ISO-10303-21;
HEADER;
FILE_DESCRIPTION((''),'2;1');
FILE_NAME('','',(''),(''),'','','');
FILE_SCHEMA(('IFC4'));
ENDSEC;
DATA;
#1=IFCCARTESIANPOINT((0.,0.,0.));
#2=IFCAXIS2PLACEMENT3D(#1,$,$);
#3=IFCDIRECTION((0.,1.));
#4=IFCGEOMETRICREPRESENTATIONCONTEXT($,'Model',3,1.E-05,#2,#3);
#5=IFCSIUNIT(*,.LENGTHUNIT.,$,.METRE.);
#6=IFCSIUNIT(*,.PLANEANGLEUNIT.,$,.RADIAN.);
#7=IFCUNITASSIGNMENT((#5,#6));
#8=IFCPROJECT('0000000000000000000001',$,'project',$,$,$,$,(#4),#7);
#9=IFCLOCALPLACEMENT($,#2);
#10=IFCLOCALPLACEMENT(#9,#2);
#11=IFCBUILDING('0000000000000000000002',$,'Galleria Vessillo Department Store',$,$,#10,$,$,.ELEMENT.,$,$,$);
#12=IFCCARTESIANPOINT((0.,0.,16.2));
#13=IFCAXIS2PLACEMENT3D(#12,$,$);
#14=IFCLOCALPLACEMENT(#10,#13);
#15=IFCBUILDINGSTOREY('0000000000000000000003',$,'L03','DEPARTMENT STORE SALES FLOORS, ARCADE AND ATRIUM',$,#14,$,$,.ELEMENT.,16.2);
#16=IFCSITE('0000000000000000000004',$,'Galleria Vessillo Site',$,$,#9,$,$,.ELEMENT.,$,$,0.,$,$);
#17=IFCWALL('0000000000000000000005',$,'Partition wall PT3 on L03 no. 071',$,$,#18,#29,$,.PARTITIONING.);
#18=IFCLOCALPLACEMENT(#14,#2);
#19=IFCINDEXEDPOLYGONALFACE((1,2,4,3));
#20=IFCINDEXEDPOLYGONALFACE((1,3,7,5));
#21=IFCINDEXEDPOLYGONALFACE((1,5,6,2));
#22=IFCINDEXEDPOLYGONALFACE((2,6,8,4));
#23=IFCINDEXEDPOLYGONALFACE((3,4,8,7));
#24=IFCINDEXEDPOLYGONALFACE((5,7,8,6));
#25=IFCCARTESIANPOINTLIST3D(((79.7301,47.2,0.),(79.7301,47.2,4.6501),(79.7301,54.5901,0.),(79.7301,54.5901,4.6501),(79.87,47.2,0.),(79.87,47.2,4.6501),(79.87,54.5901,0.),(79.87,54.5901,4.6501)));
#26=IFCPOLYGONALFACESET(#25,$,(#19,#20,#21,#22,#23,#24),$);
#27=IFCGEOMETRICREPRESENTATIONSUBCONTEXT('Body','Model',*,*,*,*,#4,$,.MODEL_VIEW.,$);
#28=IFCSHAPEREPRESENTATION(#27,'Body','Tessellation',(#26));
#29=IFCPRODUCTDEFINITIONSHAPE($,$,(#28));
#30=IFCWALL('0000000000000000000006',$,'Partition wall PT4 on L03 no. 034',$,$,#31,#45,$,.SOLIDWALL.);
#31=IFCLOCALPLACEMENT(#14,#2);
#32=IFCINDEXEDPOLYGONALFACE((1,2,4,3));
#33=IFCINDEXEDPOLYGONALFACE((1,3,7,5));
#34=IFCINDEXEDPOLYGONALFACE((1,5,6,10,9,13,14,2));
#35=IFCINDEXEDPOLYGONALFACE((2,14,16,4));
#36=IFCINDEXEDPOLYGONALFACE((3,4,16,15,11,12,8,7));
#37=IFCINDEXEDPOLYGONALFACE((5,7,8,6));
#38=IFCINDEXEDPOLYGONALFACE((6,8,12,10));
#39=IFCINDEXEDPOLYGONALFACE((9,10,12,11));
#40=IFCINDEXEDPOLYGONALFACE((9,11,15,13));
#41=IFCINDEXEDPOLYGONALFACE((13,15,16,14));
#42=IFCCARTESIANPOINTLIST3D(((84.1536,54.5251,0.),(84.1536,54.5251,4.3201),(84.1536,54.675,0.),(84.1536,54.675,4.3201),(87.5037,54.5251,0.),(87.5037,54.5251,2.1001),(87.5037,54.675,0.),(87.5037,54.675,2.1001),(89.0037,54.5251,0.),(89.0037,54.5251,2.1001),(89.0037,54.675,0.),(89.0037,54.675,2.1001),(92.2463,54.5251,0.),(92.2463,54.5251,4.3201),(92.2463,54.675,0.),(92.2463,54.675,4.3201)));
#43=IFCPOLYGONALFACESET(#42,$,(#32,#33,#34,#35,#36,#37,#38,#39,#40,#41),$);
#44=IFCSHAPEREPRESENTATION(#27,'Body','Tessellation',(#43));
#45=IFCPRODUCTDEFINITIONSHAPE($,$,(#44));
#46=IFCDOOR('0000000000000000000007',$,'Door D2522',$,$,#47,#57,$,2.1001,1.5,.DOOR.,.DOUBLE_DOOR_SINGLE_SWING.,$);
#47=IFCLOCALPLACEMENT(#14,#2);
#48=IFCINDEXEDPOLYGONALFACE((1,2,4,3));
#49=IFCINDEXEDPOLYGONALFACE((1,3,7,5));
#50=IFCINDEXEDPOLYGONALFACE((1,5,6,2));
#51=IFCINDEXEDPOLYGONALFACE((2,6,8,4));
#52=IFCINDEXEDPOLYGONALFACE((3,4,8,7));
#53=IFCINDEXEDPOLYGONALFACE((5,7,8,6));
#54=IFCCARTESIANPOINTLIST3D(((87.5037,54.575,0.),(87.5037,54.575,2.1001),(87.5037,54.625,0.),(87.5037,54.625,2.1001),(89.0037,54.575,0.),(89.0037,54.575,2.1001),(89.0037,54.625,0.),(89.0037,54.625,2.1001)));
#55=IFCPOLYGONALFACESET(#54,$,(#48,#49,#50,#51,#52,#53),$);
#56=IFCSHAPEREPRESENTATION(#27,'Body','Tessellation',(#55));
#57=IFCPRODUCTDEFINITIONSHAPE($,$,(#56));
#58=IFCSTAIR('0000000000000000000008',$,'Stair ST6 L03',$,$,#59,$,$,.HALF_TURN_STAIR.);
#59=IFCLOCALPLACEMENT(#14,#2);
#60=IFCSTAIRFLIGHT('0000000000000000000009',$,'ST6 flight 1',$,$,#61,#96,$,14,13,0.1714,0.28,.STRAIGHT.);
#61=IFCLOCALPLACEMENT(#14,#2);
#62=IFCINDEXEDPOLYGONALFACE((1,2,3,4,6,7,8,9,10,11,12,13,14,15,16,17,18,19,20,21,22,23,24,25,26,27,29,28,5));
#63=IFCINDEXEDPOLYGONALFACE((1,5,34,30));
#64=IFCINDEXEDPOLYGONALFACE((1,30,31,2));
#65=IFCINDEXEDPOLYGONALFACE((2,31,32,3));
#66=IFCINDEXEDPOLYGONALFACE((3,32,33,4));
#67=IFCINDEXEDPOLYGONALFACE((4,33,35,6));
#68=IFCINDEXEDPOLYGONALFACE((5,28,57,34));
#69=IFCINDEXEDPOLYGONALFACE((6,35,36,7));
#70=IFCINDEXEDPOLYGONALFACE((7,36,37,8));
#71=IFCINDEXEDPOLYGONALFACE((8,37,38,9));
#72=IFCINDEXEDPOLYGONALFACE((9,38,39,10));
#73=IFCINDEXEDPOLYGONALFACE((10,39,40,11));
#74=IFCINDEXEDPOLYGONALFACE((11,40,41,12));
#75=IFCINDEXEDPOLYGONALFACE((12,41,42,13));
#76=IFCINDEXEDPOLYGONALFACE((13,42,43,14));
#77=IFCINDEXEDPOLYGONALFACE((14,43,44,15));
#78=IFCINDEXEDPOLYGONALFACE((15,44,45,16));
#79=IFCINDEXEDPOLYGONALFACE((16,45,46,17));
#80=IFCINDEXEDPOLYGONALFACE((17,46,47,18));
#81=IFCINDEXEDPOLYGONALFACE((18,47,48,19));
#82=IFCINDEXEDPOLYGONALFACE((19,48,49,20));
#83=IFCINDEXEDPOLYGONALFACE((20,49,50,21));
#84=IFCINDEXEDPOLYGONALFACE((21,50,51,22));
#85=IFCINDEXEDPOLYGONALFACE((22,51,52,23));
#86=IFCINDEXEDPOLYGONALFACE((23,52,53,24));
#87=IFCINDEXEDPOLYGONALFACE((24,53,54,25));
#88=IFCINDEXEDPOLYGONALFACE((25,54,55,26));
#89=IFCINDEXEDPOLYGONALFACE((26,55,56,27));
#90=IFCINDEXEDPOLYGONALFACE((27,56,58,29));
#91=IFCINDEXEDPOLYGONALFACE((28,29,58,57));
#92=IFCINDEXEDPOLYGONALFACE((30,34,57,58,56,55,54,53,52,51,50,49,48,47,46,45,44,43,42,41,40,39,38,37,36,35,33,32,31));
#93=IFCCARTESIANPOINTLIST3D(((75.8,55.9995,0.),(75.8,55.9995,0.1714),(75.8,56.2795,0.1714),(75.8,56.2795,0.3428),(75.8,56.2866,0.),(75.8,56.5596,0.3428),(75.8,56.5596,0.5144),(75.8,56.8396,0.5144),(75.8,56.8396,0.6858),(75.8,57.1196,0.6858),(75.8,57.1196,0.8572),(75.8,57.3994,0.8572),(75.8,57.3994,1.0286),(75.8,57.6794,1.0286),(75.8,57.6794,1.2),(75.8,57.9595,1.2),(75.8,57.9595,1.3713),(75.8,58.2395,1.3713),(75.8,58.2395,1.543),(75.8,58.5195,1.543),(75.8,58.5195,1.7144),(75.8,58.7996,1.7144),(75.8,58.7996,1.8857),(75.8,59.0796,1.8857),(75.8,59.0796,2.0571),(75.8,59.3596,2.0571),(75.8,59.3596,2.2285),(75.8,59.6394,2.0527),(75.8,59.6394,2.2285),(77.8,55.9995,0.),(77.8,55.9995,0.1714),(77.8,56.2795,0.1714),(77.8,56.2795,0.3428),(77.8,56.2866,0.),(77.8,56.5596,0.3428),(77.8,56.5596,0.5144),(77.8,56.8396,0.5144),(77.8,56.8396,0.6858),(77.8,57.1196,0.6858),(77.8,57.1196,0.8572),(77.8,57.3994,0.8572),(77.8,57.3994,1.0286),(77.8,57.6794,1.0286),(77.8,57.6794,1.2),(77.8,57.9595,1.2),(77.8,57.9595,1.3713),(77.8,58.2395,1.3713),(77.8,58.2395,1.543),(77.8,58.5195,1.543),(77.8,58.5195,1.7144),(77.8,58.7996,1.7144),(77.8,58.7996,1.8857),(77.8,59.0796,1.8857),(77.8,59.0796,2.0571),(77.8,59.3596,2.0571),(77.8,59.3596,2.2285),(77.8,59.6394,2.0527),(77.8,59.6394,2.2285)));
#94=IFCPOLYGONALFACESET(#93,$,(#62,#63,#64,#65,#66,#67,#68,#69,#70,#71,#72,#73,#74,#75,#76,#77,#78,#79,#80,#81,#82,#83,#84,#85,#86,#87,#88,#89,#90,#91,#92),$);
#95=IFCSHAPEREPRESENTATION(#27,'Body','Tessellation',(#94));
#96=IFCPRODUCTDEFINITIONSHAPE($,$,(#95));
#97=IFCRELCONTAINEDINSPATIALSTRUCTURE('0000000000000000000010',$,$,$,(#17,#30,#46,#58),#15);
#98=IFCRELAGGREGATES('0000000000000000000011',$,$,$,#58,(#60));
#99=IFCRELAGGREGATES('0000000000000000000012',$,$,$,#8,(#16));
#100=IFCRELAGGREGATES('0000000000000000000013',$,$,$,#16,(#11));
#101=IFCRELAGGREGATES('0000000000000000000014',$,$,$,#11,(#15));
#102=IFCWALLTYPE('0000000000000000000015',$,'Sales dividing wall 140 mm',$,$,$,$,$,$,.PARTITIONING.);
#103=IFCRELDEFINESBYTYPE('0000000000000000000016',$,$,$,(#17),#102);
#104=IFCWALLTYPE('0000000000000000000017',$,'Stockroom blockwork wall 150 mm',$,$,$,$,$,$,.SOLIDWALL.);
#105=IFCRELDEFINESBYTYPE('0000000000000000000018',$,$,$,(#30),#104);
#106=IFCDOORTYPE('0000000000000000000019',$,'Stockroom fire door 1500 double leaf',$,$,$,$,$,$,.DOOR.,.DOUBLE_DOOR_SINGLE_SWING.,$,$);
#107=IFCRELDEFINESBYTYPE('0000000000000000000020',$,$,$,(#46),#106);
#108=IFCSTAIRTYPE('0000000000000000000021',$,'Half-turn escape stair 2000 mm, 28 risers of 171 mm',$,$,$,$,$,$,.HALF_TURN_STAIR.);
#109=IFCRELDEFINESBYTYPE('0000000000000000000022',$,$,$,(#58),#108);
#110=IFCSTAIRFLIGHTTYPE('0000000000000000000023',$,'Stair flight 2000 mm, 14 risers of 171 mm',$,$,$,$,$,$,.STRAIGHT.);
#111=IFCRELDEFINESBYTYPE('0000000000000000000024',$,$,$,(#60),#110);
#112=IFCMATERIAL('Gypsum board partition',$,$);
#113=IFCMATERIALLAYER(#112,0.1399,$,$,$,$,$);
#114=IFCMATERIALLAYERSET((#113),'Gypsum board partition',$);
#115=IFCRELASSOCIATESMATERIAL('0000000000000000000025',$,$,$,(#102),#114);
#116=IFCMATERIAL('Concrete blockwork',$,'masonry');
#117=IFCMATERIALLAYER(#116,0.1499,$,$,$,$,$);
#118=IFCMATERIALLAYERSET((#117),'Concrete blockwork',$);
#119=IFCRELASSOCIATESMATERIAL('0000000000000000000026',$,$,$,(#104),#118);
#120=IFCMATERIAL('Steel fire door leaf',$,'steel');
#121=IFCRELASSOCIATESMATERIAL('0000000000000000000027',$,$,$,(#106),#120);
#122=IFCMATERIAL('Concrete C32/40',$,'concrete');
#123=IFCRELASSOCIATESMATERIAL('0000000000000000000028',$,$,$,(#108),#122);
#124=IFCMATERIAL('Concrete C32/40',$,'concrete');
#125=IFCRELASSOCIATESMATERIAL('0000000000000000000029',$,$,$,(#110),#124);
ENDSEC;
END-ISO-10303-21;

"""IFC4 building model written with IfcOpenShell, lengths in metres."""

from ifc_helpers import new_model, si_unit, direction, frame, frame_2d, origin, place, context, subcontext, project, spatial, polyline, rectangle, outline, extrude, material, layer, layer_set, type_object, element, fill, aggregate, save


model = new_model("IFC4")

# Units and contexts
model_context = context("Model", 3, precision=1e-05, world=origin(), true_north=direction((0.0, 1.0)))
body_context = subcontext(model_context, "Body", "Model", "MODEL_VIEW")
ifc_project = project(units=[si_unit("LENGTHUNIT", "METRE"), si_unit("PLANEANGLEUNIT", "RADIAN")], contexts=[model_context])

# Site, building, storey
site_placement = place(None, origin())
site = spatial("IfcSite", under=ifc_project, at=site_placement, Name="Galleria Vessillo Site", CompositionType="ELEMENT", RefElevation=0.0)
building_placement = place(site_placement, origin())
building = spatial("IfcBuilding", under=site, at=building_placement, Name="Galleria Vessillo Department Store", CompositionType="ELEMENT")
storey_placement = place(building_placement, frame((0.0, 0.0, 16.2)))
storey = spatial("IfcBuildingStorey", under=building, at=storey_placement, Name="L03", Description="DEPARTMENT STORE SALES FLOORS, ARCADE AND ATRIUM", CompositionType="ELEMENT", Elevation=16.2)

# Wall
ifc_material_1 = material(Name="Gypsum board partition")
ifc_layer_1 = layer(ifc_material_1, 0.1399)
ifc_layer_set_1 = layer_set([ifc_layer_1], Name="Gypsum board partition")
wall_type_1 = type_object("IfcWallType", Name="Sales dividing wall 140 mm", PredefinedType="PARTITIONING", material=ifc_layer_set_1)
wall_1_placement = place(storey_placement, frame((79.8, 47.2, 0.0), z_axis=(0.0, 0.0, 1.0), x_axis=(0.0, 1.0, 0.0)))
element("IfcWall", 1, at=wall_1_placement, inside=storey, type_object=wall_type_1, Name="Partition wall PT3 on L03 no. 071", PredefinedType="PARTITIONING", context=body_context, shape_type="SweptSolid", body=[
    extrude(rectangle(XDim=7.3901, YDim=0.1399, at=frame_2d((3.6951, 0.0))), origin(), (0.0, 0.0, 1.0), 4.6501),
])

# Wall, opening, door
ifc_material_2 = material(Name="Concrete blockwork", Category="masonry")
ifc_layer_2 = layer(ifc_material_2, 0.1499)
ifc_layer_set_2 = layer_set([ifc_layer_2], Name="Concrete blockwork")
wall_type_2 = type_object("IfcWallType", Name="Stockroom blockwork wall 150 mm", PredefinedType="SOLIDWALL", material=ifc_layer_set_2)
wall_2_placement = place(storey_placement, frame((84.1536, 54.6001, 0.0), z_axis=(0.0, 0.0, 1.0), x_axis=(1.0, 0.0, 0.0)))
wall_2 = element("IfcWall", 2, at=wall_2_placement, inside=storey, type_object=wall_type_2, Name="Partition wall PT4 on L03 no. 034", PredefinedType="SOLIDWALL", context=body_context, shape_type="SweptSolid", body=[
    extrude(rectangle(XDim=8.0928, YDim=0.1499, at=frame_2d((4.0464, 0.0))), origin(), (0.0, 0.0, 1.0), 4.3201),
])
opening_1_placement = place(wall_2_placement, frame((3.3501, 0.0, 0.0)))
opening_1 = element("IfcOpeningElement", 3, at=opening_1_placement, cuts=wall_2, PredefinedType="OPENING", context=body_context, shape_type="SweptSolid", body=[
    extrude(rectangle(XDim=1.5, YDim=2.1001, at=frame_2d((0.75, 1.05))), frame((0.0, 0.085, 0.0), z_axis=(0.0, -1.0, 0.0), x_axis=(1.0, 0.0, 0.0)), (0.0, 0.0, 1.0), 0.1699),
])
ifc_material_3 = material(Name="Steel fire door leaf", Category="steel")
door_type_1 = type_object("IfcDoorType", Name="Stockroom fire door 1500 double leaf", OperationType="DOUBLE_DOOR_SINGLE_SWING", PredefinedType="DOOR", material=ifc_material_3)
door_1_placement = place(opening_1_placement, origin())
door_1 = element("IfcDoor", 4, at=door_1_placement, inside=storey, type_object=door_type_1, Name="Door D2522", OperationType="DOUBLE_DOOR_SINGLE_SWING", OverallHeight=2.1001, OverallWidth=1.5, PredefinedType="DOOR", context=body_context, shape_type="SweptSolid", body=[
    extrude(rectangle(XDim=1.5, YDim=2.1001, at=frame_2d((0.75, 1.05))), frame((0.0, 0.0249, 0.0), z_axis=(0.0, -1.0, 0.0), x_axis=(1.0, 0.0, 0.0)), (0.0, 0.0, 1.0), 0.05),
])
fill(opening_1, door_1)

# Stair, stair flight
ifc_material_4 = material(Name="Concrete C32/40", Category="concrete")
stair_type = type_object("IfcStairType", Name="Half-turn escape stair 2000 mm, 28 risers of 171 mm", PredefinedType="HALF_TURN_STAIR", material=ifc_material_4)
stair_placement = place(storey_placement, origin())
stair = element("IfcStair", 5, at=stair_placement, inside=storey, type_object=stair_type, Name="Stair ST6 L03", PredefinedType="HALF_TURN_STAIR")
ifc_material_5 = material(Name="Concrete C32/40", Category="concrete")
stair_flight_type = type_object("IfcStairFlightType", Name="Stair flight 2000 mm, 14 risers of 171 mm", PredefinedType="STRAIGHT", material=ifc_material_5)
stair_flight_placement = place(storey_placement, frame((76.8, 55.9995, 0.0), z_axis=(0.0, 0.0, 1.0), x_axis=(0.0, 1.0, 0.0)))
stair_flight = element("IfcStairFlight", 6, at=stair_flight_placement, type_object=stair_flight_type, Name="ST6 flight 1", NumberOfRisers=14, NumberOfTreads=13, PredefinedType="STRAIGHT", RiserHeight=0.1714, TreadLength=0.28, context=body_context, shape_type="SweptSolid", body=[
    extrude(outline(polyline([(0.0, 0.0), (0.0, 0.1714), (0.28, 0.1714), (0.28, 0.3428), (0.5601, 0.3428), (0.5601, 0.5144), (0.8401, 0.5144), (0.8401, 0.6858), (1.1201, 0.6858), (1.1201, 0.8572), (1.3999, 0.8572), (1.3999, 1.0286), (1.6799, 1.0286), (1.6799, 1.2), (1.96, 1.2), (1.96, 1.3713), (2.24, 1.3713), (2.24, 1.543), (2.52, 1.543), (2.52, 1.7144), (2.8, 1.7144), (2.8, 1.8857), (3.0801, 1.8857), (3.0801, 2.0571), (3.3601, 2.0571), (3.3601, 2.2285), (3.6399, 2.2285), (3.6399, 2.3999), (3.6399, 2.0527), (0.2871, 0.0), (0.0, 0.0)])), frame((0.0, 1.0, 0.0), z_axis=(0.0, -1.0, 0.0), x_axis=(1.0, 0.0, 0.0)), (0.0, 0.0, 1.0), 2.0),
])
aggregate(stair, [stair_flight])

save(model, "model.ifc")
